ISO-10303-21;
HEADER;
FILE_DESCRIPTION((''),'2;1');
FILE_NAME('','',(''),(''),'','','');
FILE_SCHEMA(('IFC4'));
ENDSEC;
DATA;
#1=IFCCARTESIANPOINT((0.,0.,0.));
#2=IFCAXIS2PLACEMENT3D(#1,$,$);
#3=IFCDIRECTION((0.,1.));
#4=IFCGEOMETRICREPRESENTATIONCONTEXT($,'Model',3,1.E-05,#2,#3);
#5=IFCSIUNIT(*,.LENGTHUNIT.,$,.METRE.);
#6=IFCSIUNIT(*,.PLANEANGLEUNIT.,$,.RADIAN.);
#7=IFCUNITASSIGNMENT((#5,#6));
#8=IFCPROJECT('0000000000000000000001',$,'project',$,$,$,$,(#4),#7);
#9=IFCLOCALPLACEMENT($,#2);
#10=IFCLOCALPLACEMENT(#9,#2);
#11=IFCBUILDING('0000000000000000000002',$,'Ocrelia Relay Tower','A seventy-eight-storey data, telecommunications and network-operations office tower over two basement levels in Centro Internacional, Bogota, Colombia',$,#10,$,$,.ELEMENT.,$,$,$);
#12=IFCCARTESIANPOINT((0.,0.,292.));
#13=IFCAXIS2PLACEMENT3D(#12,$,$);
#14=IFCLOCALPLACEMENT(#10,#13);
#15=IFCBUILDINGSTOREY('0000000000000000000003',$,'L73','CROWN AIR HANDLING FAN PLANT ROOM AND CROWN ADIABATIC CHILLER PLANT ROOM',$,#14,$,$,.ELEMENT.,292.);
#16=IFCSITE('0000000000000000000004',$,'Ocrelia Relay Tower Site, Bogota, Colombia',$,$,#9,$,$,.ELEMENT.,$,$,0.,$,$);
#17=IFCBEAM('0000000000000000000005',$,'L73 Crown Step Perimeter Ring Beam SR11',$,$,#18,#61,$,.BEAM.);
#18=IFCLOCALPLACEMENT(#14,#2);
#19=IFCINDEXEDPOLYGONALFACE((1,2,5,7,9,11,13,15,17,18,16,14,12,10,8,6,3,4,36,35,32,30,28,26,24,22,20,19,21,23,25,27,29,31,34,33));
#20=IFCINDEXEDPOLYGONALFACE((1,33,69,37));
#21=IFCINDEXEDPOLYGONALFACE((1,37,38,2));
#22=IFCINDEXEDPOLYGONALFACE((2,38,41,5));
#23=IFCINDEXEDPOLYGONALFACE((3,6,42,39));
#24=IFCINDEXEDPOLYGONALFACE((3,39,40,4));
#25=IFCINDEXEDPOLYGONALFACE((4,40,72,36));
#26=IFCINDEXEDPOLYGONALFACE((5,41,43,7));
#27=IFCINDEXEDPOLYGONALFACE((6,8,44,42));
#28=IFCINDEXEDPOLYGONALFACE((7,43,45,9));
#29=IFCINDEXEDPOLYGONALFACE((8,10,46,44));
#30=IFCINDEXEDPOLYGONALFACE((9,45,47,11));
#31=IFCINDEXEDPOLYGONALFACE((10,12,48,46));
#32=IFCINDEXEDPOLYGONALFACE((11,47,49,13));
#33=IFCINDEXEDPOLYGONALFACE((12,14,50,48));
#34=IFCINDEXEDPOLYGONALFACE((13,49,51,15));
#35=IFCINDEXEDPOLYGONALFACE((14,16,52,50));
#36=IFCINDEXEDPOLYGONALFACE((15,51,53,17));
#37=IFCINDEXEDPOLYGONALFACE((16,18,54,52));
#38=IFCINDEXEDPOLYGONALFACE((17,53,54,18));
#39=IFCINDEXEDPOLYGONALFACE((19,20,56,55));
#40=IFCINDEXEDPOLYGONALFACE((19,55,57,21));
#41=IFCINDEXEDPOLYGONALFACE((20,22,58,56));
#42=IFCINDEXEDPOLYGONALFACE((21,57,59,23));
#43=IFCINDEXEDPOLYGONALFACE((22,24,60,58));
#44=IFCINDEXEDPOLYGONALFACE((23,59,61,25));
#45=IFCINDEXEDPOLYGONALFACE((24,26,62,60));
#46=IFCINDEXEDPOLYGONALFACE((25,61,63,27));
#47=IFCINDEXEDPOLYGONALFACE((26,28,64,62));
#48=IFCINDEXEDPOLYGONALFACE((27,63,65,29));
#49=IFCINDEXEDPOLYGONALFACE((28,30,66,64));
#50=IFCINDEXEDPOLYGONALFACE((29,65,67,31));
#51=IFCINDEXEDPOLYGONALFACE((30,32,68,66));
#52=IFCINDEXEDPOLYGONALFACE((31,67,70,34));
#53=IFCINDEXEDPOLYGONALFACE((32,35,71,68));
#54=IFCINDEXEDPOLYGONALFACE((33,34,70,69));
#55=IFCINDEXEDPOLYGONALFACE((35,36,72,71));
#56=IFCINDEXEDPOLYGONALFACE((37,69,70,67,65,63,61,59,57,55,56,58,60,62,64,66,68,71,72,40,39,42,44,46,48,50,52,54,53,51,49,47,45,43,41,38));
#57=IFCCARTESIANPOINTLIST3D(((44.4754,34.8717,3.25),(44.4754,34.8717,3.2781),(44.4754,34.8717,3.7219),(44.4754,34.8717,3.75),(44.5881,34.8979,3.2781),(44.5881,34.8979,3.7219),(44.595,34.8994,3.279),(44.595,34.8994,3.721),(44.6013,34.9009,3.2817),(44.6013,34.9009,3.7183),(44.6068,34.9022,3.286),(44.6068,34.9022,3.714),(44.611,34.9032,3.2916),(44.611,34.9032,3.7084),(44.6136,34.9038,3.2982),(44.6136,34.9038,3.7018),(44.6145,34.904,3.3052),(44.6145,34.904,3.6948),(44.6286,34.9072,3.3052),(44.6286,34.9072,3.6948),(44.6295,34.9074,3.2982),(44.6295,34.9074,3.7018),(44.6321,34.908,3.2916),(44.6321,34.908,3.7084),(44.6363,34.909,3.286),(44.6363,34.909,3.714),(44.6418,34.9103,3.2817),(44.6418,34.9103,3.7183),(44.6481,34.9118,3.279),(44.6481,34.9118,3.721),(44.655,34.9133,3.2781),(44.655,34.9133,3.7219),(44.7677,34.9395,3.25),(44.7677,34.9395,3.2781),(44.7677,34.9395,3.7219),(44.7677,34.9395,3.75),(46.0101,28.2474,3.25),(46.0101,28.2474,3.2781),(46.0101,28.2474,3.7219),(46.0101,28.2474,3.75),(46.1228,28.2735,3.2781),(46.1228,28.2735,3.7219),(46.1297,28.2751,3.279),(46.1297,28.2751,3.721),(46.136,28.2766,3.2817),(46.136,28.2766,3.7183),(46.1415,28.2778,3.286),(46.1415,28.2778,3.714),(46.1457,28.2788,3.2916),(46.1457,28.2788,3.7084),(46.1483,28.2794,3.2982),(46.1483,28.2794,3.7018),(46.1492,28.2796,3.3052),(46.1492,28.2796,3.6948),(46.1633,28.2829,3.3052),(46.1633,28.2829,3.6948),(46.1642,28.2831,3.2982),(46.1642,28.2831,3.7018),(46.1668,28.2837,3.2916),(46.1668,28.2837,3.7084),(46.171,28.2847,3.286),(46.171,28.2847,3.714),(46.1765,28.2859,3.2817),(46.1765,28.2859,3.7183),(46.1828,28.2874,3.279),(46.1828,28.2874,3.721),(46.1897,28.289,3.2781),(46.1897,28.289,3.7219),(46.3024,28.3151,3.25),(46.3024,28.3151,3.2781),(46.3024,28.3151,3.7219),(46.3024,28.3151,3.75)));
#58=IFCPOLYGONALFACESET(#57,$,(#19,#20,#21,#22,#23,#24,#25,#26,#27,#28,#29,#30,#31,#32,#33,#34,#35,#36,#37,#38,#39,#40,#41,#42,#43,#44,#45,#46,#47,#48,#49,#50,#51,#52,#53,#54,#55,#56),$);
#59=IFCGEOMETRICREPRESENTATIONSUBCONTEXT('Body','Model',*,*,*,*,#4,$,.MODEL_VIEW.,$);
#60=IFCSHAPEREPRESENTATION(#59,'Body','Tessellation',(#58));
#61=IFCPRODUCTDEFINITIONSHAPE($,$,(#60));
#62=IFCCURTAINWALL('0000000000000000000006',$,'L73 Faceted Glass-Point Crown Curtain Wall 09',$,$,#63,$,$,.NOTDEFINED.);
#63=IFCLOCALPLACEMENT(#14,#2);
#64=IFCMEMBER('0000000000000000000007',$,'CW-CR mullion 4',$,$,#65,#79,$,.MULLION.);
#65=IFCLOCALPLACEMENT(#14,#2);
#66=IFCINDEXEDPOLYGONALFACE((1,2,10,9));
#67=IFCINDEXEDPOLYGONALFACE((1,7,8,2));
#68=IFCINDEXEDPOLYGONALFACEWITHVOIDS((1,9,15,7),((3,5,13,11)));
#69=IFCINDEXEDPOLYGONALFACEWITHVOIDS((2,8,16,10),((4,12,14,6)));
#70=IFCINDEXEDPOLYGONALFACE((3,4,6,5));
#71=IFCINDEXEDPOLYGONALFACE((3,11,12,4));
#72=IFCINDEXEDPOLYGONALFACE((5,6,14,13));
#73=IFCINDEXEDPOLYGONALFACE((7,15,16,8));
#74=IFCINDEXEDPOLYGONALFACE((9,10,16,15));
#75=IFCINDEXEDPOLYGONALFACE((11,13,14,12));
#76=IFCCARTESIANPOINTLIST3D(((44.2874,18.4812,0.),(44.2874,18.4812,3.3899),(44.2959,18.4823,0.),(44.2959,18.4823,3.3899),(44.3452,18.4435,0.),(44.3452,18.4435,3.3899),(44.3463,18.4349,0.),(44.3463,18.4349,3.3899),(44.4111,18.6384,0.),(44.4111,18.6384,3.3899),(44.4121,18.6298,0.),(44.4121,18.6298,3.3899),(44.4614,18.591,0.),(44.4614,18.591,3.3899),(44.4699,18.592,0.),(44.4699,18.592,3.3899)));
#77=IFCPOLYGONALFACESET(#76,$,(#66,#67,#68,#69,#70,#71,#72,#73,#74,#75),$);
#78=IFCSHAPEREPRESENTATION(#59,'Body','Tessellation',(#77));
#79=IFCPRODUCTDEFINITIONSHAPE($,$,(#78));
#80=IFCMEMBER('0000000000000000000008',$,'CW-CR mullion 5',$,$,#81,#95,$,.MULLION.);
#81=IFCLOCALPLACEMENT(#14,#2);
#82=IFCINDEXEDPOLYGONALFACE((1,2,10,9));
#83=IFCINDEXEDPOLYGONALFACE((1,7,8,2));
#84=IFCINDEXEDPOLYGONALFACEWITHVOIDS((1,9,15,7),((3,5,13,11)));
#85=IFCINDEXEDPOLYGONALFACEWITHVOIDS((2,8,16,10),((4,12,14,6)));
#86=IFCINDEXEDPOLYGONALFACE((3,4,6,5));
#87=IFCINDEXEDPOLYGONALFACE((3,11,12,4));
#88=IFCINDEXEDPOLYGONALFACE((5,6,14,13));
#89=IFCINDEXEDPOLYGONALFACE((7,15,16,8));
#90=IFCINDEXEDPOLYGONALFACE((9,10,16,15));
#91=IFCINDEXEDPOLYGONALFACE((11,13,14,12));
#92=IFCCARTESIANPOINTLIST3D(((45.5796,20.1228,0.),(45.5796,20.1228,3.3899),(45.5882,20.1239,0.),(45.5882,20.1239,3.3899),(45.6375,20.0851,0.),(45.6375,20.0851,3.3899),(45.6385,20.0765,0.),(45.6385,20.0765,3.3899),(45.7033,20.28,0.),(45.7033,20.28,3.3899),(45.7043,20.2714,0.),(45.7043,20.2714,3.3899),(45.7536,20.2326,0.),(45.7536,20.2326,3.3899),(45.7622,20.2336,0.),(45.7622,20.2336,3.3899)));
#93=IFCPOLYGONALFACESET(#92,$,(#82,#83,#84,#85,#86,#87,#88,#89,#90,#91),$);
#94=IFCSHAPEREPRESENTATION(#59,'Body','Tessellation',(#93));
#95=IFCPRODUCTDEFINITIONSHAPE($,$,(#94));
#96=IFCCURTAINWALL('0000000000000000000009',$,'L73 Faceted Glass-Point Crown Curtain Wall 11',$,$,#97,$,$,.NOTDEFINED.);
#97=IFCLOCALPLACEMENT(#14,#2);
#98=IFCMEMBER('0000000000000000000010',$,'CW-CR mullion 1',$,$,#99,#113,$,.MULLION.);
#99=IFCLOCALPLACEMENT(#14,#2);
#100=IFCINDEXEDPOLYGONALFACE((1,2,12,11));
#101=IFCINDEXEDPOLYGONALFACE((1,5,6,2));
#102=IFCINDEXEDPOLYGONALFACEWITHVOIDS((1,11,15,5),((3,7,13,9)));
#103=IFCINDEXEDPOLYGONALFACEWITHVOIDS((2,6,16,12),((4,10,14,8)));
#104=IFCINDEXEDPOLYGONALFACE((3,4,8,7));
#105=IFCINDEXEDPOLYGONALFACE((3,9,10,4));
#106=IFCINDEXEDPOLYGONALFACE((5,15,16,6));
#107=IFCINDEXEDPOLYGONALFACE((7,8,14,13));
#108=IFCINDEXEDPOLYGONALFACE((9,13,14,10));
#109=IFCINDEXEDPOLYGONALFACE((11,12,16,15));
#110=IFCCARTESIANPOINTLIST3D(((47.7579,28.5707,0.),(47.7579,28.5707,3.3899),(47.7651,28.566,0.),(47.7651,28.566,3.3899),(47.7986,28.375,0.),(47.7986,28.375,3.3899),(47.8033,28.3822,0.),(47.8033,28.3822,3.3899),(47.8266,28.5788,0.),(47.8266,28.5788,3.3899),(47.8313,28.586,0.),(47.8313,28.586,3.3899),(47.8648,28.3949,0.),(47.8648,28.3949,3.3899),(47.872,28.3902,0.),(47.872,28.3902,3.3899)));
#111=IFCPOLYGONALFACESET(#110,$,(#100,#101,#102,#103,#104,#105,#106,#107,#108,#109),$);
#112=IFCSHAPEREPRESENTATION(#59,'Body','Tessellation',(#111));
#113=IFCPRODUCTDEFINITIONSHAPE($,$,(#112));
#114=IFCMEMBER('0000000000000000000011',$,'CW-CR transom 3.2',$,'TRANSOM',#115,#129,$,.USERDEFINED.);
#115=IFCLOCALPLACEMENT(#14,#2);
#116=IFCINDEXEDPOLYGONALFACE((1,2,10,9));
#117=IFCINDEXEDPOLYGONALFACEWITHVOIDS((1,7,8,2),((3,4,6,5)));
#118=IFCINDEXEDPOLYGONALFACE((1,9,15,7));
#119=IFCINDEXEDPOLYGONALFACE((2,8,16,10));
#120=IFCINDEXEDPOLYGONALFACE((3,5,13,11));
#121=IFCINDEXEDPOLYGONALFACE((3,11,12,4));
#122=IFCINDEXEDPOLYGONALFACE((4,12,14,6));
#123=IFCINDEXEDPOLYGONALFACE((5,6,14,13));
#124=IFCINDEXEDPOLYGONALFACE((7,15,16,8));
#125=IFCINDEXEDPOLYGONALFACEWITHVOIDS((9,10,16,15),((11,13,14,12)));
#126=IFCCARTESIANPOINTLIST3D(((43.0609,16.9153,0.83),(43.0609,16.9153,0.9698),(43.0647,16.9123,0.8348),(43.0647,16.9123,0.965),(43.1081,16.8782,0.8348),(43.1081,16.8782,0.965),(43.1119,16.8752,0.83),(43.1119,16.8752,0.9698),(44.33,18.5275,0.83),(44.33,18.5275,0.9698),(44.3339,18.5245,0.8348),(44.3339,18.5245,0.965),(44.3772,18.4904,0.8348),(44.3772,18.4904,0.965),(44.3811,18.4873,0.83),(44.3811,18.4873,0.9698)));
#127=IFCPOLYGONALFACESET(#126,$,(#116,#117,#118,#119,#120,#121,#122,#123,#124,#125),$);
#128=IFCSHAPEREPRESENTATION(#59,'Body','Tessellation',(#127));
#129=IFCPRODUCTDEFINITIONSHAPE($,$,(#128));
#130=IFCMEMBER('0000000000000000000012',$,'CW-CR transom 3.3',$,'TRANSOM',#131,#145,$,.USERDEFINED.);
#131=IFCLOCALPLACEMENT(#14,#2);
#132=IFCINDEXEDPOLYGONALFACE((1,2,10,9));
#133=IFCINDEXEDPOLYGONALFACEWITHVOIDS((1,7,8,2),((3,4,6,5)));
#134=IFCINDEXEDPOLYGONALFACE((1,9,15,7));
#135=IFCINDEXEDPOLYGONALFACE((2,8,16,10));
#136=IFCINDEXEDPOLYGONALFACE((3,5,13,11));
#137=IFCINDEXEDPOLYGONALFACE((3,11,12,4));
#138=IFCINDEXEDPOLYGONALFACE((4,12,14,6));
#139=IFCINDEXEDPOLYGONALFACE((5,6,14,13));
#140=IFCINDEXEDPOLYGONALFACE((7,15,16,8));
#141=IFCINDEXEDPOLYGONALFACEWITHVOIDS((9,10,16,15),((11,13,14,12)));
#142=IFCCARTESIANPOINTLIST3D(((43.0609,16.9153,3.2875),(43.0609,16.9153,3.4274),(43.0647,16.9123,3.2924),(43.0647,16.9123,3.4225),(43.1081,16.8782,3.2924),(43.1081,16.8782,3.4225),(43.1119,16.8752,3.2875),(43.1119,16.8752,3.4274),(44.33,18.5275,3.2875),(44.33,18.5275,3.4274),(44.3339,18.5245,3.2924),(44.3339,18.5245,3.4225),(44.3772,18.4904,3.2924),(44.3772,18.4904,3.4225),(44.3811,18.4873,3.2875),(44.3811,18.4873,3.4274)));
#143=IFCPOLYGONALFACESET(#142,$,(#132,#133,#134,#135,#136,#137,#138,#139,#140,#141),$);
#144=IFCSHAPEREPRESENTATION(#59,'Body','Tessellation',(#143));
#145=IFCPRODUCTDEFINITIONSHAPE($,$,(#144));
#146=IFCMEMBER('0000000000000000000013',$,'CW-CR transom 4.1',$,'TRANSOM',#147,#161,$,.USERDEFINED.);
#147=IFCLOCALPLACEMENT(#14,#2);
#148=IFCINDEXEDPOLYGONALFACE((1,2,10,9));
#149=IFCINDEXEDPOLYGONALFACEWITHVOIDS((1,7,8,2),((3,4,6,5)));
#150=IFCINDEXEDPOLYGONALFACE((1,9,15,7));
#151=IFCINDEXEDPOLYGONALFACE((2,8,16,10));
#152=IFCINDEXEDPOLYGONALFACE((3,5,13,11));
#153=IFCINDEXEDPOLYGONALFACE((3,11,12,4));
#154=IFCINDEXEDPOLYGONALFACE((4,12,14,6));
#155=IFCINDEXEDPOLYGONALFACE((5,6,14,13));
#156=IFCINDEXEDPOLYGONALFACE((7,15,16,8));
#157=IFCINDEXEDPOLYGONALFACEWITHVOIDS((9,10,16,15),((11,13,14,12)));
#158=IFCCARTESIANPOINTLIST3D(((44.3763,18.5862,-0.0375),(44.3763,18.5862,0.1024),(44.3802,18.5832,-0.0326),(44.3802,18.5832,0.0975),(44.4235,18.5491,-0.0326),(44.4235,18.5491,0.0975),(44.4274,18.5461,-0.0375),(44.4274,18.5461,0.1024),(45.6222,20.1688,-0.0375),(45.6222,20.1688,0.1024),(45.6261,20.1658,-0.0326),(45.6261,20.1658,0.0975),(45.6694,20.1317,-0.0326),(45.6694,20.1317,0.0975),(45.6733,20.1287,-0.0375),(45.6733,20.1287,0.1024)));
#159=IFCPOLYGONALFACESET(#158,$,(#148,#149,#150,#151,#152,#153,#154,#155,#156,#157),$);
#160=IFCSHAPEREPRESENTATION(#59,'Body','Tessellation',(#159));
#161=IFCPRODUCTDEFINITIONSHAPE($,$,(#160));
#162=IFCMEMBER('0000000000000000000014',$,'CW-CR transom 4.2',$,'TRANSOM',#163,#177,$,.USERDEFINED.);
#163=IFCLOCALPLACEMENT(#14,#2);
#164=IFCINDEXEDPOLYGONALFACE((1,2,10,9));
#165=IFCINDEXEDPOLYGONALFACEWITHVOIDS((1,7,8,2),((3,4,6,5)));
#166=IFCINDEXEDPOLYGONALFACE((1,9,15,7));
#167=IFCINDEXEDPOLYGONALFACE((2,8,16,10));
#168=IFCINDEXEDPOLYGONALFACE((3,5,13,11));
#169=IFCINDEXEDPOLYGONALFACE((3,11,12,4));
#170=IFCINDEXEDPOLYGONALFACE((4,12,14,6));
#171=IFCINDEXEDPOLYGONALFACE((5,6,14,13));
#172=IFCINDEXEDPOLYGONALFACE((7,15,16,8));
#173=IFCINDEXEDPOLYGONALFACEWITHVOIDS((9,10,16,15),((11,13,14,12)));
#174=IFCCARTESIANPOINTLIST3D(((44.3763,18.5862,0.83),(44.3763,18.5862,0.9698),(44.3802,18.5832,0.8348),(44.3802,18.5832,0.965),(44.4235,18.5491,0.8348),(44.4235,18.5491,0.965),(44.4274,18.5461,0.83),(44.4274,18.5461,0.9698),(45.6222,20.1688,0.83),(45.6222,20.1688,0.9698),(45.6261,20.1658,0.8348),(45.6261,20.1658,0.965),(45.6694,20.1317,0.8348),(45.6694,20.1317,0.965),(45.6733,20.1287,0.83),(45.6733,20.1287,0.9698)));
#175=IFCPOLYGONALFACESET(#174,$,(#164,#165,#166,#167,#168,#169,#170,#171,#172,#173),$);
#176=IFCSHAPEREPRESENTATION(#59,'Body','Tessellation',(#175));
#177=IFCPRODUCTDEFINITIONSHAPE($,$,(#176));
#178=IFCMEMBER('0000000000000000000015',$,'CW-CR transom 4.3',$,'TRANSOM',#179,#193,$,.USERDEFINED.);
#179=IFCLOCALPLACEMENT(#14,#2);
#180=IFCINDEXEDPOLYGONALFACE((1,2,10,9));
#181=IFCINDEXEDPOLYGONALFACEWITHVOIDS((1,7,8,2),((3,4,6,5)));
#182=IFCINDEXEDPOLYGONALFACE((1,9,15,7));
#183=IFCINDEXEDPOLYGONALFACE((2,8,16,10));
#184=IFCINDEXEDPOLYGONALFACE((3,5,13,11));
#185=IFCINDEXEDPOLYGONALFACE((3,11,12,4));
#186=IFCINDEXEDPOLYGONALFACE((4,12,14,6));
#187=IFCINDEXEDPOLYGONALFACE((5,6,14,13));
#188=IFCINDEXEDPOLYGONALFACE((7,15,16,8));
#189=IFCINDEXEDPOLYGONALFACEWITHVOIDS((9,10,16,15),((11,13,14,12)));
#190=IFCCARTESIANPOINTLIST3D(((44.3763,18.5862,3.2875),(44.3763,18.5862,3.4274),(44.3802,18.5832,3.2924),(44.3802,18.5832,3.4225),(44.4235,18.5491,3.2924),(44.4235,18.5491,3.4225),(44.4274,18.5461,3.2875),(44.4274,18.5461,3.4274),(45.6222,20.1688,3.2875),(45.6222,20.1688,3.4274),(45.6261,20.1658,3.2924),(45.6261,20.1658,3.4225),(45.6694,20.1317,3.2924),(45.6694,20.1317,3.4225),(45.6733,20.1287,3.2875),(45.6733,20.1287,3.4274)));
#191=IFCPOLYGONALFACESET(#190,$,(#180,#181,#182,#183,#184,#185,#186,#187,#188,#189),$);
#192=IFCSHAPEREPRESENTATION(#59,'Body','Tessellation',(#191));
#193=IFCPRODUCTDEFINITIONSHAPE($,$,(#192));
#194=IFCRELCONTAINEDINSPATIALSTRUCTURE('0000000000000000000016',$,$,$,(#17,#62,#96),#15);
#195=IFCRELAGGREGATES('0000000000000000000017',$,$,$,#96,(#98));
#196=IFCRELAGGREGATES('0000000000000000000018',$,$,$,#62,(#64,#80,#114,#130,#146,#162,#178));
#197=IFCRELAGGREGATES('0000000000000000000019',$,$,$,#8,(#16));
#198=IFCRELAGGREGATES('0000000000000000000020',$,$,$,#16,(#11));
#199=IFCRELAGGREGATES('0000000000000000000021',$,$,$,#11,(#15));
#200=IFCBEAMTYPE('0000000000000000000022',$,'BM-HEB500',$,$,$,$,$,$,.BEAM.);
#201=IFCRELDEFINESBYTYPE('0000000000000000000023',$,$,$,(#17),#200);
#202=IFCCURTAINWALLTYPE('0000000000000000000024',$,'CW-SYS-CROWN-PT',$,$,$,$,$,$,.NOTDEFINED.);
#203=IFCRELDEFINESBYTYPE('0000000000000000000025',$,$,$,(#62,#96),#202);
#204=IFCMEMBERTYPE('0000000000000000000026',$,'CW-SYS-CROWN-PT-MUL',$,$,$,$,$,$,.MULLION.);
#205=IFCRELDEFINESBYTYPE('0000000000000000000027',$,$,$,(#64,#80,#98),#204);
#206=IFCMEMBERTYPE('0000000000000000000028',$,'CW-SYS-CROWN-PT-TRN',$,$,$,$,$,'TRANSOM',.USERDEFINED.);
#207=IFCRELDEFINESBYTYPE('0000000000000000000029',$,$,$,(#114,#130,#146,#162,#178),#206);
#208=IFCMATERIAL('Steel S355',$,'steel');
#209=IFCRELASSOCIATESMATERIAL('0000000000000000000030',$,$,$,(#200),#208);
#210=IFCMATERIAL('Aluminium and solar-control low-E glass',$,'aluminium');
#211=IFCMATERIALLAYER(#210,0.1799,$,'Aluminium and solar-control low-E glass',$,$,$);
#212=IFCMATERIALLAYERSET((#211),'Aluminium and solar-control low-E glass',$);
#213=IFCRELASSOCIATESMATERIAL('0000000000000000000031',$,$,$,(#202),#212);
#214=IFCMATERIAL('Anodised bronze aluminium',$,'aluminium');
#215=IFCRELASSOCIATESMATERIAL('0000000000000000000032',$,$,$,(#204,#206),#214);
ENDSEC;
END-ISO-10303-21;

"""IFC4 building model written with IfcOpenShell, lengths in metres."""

from ifc_helpers import new_model, si_unit, direction, frame, origin, origin_2d, place, context, subcontext, project, spatial, hollow_rectangle, i_section, extrude, material, layer, layer_set, material_profile, profile_set, type_object, element, aggregate, save


model = new_model("IFC4")

# Units and contexts
model_context = context("Model", 3, precision=1e-05, world=origin(), true_north=direction((0.0, 1.0)))
body_context = subcontext(model_context, "Body", "Model", "MODEL_VIEW")
ifc_project = project(units=[si_unit("LENGTHUNIT", "METRE"), si_unit("PLANEANGLEUNIT", "RADIAN")], contexts=[model_context])

# Site, building, storey
site_placement = place(None, origin())
site = spatial("IfcSite", under=ifc_project, at=site_placement, Name="Ocrelia Relay Tower Site, Bogota, Colombia", CompositionType="ELEMENT", RefElevation=0.0)
building_placement = place(site_placement, origin())
building = spatial("IfcBuilding", under=site, at=building_placement, Name="Ocrelia Relay Tower", Description="A seventy-eight-storey data, telecommunications and network-operations office tower over two basement levels in Centro Internacional, Bogota, Colombia", CompositionType="ELEMENT")
storey_placement = place(building_placement, frame((0.0, 0.0, 292.0)))
storey = spatial("IfcBuildingStorey", under=building, at=storey_placement, Name="L73", Description="CROWN AIR HANDLING FAN PLANT ROOM AND CROWN ADIABATIC CHILLER PLANT ROOM", CompositionType="ELEMENT", Elevation=292.0)

# Beam
ifc_material_1 = material(Name="Steel S355", Category="steel")
ifc_material_profile_1 = material_profile(ifc_material_1, i_section(OverallWidth=0.3, OverallDepth=0.5, WebThickness=0.0144, FlangeThickness=0.0281, FilletRadius=0.0271, at=origin_2d()), Name="HEB 500")
ifc_profile_set_1 = profile_set([ifc_material_profile_1], Name="Steel S355")
beam_type_1 = type_object("IfcBeamType", Name="BM-HEB500", PredefinedType="BEAM", material=ifc_profile_set_1)
beam_1_placement = place(storey_placement, frame((46.1562, 28.2812, 3.5), z_axis=(-0.225696, 0.974198, 0.0), x_axis=(-0.974198, -0.225696, 0.0)))
element("IfcBeam", 1, at=beam_1_placement, inside=storey, type_object=beam_type_1, Name="L73 Crown Step Perimeter Ring Beam SR11", PredefinedType="BEAM", context=body_context, shape_type="SweptSolid", body=[
    extrude(i_section(OverallWidth=0.3, OverallDepth=0.5, WebThickness=0.0144, FlangeThickness=0.0281, FilletRadius=0.0271, at=origin_2d()), origin(), (0.0, 0.0, 1.0), 6.7998),
])

# Curtain wall, members
ifc_material_2 = material(Name="Aluminium and solar-control low-E glass", Category="aluminium")
ifc_layer_1 = layer(ifc_material_2, 0.1799, Name="Aluminium and solar-control low-E glass")
ifc_layer_set_1 = layer_set([ifc_layer_1], Name="Aluminium and solar-control low-E glass")
curtain_wall_type = type_object("IfcCurtainWallType", Name="CW-SYS-CROWN-PT", PredefinedType="NOTDEFINED", material=ifc_layer_set_1)
curtain_wall_1_placement = place(storey_placement, origin())
curtain_wall_1 = element("IfcCurtainWall", 2, at=curtain_wall_1_placement, inside=storey, type_object=curtain_wall_type, Name="L73 Faceted Glass-Point Crown Curtain Wall 09", PredefinedType="NOTDEFINED")
ifc_material_3 = material(Name="Anodised bronze aluminium", Category="aluminium")
ifc_material_profile_2 = material_profile(ifc_material_3, hollow_rectangle(XDim=0.075, YDim=0.2, WallThickness=0.0061, at=origin_2d()), Name="CW-MUL-200x75")
ifc_profile_set_2 = profile_set([ifc_material_profile_2], Name="Anodised bronze aluminium")
member_type_1 = type_object("IfcMemberType", Name="CW-SYS-CROWN-PT-MUL", PredefinedType="MULLION", material=ifc_profile_set_2)
member_1_placement = place(storey_placement, frame((44.3787, 18.5366, 0.0), z_axis=(0.0, 0.0, 1.0), x_axis=(-0.785742, 0.618554, 0.0)))
member_1 = element("IfcMember", 3, at=member_1_placement, type_object=member_type_1, Name="CW-CR mullion 4", PredefinedType="MULLION", context=body_context, shape_type="SweptSolid", body=[
    extrude(hollow_rectangle(XDim=0.075, YDim=0.2, WallThickness=0.0061, at=origin_2d()), origin(), (0.0, 0.0, 1.0), 3.3899),
])
member_2_placement = place(storey_placement, frame((45.6709, 20.1782, 0.0), z_axis=(0.0, 0.0, 1.0), x_axis=(-0.785742, 0.618554, 0.0)))
member_2 = element("IfcMember", 4, at=member_2_placement, type_object=member_type_1, Name="CW-CR mullion 5", PredefinedType="MULLION", context=body_context, shape_type="SweptSolid", body=[
    extrude(hollow_rectangle(XDim=0.075, YDim=0.2, WallThickness=0.0061, at=origin_2d()), origin(), (0.0, 0.0, 1.0), 3.3899),
])

# Curtain wall, member
curtain_wall_2_placement = place(storey_placement, origin())
curtain_wall_2 = element("IfcCurtainWall", 5, at=curtain_wall_2_placement, inside=storey, type_object=curtain_wall_type, Name="L73 Faceted Glass-Point Crown Curtain Wall 11", PredefinedType="NOTDEFINED")
member_3_placement = place(storey_placement, frame((47.8149, 28.4805, 0.0), z_axis=(0.0, 0.0, 1.0), x_axis=(-0.979084, -0.203457, 0.0)))
member_3 = element("IfcMember", 6, at=member_3_placement, type_object=member_type_1, Name="CW-CR mullion 1", PredefinedType="MULLION", context=body_context, shape_type="SweptSolid", body=[
    extrude(hollow_rectangle(XDim=0.075, YDim=0.2, WallThickness=0.0061, at=origin_2d()), origin(), (0.0, 0.0, 1.0), 3.3899),
])

# Members
ifc_material_profile_3 = material_profile(ifc_material_3, hollow_rectangle(XDim=0.0649, YDim=0.1399, WallThickness=0.0049, at=origin_2d()), Name="CW-TRN-140x65")
ifc_profile_set_3 = profile_set([ifc_material_profile_3], Name="Anodised bronze aluminium")
member_type_2 = type_object("IfcMemberType", Name="CW-SYS-CROWN-PT-TRN", ElementType="TRANSOM", PredefinedType="USERDEFINED", material=ifc_profile_set_3)
member_4_placement = place(storey_placement, frame((43.0864, 16.8953, 0.8999), z_axis=(0.618552, 0.785744, 0.0), x_axis=(-0.785744, 0.618552, 0.0)))
member_4 = element("IfcMember", 7, at=member_4_placement, type_object=member_type_2, Name="CW-CR transom 3.2", ObjectType="TRANSOM", PredefinedType="USERDEFINED", context=body_context, shape_type="SweptSolid", body=[
    extrude(hollow_rectangle(XDim=0.0649, YDim=0.1399, WallThickness=0.0049, at=origin_2d()), origin(), (0.0, 0.0, 1.0), 2.0518),
])
member_5_placement = place(storey_placement, frame((43.0864, 16.8953, 3.3574), z_axis=(0.618552, 0.785744, 0.0), x_axis=(-0.785744, 0.618552, 0.0)))
member_5 = element("IfcMember", 8, at=member_5_placement, type_object=member_type_2, Name="CW-CR transom 3.3", ObjectType="TRANSOM", PredefinedType="USERDEFINED", context=body_context, shape_type="SweptSolid", body=[
    extrude(hollow_rectangle(XDim=0.0649, YDim=0.1399, WallThickness=0.0049, at=origin_2d()), origin(), (0.0, 0.0, 1.0), 2.0518),
])
member_6_placement = place(storey_placement, frame((44.4019, 18.5662, 0.0325), z_axis=(0.618571, 0.785729, 0.0), x_axis=(-0.785729, 0.618571, 0.0)))
member_6 = element("IfcMember", 9, at=member_6_placement, type_object=member_type_2, Name="CW-CR transom 4.1", ObjectType="TRANSOM", PredefinedType="USERDEFINED", context=body_context, shape_type="SweptSolid", body=[
    extrude(hollow_rectangle(XDim=0.0649, YDim=0.1399, WallThickness=0.0049, at=origin_2d()), origin(), (0.0, 0.0, 1.0), 2.0142),
])
member_7_placement = place(storey_placement, frame((44.4019, 18.5662, 0.8999), z_axis=(0.618571, 0.785729, 0.0), x_axis=(-0.785729, 0.618571, 0.0)))
member_7 = element("IfcMember", 10, at=member_7_placement, type_object=member_type_2, Name="CW-CR transom 4.2", ObjectType="TRANSOM", PredefinedType="USERDEFINED", context=body_context, shape_type="SweptSolid", body=[
    extrude(hollow_rectangle(XDim=0.0649, YDim=0.1399, WallThickness=0.0049, at=origin_2d()), origin(), (0.0, 0.0, 1.0), 2.0142),
])
member_8_placement = place(storey_placement, frame((44.4019, 18.5662, 3.3574), z_axis=(0.618571, 0.785729, 0.0), x_axis=(-0.785729, 0.618571, 0.0)))
member_8 = element("IfcMember", 11, at=member_8_placement, type_object=member_type_2, Name="CW-CR transom 4.3", ObjectType="TRANSOM", PredefinedType="USERDEFINED", context=body_context, shape_type="SweptSolid", body=[
    extrude(hollow_rectangle(XDim=0.0649, YDim=0.1399, WallThickness=0.0049, at=origin_2d()), origin(), (0.0, 0.0, 1.0), 2.0142),
])
aggregate(curtain_wall_2, [member_3])

aggregate(curtain_wall_1, [member_1, member_2, member_4, member_5, member_6, member_7, member_8])

save(model, "model.ifc")
